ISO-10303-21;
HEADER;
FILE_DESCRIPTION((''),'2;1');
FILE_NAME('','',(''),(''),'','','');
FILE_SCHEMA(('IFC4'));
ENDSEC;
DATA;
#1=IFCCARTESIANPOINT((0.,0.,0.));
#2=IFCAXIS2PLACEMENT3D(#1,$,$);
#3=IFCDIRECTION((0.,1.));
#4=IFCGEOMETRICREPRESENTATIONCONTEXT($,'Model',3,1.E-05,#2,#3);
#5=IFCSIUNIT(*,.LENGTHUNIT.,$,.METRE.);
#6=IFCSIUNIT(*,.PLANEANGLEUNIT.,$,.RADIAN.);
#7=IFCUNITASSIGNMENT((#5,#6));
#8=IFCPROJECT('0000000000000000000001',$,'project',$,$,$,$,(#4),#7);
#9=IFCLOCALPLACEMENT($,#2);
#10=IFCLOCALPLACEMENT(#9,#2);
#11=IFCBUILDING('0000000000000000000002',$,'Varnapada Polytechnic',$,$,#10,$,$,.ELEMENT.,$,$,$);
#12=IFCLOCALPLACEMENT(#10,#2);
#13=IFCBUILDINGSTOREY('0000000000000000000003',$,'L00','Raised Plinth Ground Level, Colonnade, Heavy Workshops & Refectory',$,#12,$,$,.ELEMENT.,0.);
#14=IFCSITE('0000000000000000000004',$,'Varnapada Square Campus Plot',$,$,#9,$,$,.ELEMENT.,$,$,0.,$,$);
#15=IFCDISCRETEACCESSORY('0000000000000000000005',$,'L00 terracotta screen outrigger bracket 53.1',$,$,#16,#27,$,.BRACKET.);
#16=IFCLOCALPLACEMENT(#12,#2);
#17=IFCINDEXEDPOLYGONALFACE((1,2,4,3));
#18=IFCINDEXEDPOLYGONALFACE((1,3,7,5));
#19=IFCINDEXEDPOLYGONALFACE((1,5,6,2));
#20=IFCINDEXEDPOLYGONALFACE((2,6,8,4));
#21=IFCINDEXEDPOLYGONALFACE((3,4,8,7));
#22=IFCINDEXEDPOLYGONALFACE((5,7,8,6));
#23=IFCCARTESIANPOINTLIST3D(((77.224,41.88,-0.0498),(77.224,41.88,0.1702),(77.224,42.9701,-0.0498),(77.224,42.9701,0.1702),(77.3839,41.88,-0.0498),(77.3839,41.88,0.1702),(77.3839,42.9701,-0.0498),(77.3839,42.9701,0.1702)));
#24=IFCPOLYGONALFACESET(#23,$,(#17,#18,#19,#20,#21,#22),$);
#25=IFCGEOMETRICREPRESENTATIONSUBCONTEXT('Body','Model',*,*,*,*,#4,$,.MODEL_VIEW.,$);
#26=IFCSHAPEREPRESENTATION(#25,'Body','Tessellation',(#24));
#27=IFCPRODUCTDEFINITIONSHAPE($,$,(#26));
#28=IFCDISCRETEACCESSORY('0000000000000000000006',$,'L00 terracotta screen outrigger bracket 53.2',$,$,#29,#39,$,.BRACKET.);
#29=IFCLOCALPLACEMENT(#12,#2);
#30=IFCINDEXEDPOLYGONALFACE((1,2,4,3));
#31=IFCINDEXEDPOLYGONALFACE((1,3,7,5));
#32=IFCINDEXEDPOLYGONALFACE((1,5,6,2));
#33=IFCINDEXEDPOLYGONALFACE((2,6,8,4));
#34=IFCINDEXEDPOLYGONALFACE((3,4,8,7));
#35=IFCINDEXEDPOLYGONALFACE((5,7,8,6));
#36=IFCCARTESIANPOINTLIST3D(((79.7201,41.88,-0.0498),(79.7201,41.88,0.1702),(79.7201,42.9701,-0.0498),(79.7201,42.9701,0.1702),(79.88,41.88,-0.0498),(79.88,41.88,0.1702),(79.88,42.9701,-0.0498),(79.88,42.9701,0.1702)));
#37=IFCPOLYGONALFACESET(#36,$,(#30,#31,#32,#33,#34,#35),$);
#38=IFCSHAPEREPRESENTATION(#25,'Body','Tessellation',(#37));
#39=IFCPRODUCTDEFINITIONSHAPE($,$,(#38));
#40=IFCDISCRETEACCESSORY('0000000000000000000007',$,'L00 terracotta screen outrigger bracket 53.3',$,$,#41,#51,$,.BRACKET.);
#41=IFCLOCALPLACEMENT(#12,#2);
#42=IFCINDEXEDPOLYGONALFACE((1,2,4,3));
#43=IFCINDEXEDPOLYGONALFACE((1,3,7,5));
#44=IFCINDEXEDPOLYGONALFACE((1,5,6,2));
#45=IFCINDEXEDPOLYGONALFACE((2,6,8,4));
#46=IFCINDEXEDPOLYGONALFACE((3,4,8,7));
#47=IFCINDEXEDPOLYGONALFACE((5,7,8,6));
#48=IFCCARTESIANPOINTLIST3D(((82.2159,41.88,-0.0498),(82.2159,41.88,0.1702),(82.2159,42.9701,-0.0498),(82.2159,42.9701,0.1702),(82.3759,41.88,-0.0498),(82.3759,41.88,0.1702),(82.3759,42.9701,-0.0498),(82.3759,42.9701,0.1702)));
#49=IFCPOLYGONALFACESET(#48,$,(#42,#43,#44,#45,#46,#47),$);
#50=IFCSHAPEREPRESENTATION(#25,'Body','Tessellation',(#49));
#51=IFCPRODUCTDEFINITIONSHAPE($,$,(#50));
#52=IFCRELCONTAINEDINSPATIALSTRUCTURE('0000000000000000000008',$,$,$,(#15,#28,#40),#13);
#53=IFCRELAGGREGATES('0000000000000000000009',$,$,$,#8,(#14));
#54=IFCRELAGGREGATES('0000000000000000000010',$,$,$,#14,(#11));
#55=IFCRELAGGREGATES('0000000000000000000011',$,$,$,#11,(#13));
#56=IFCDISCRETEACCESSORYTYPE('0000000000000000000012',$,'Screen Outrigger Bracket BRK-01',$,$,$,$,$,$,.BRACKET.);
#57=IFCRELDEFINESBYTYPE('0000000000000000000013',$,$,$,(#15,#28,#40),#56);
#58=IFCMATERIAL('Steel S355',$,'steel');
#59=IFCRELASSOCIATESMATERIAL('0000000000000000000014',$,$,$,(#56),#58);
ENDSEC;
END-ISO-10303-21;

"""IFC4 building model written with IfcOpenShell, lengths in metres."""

from ifc_helpers import new_model, si_unit, direction, frame, origin, origin_2d, place, context, subcontext, project, spatial, rectangle, extrude, material, type_object, element, save


model = new_model("IFC4")

# Units and contexts
model_context = context("Model", 3, precision=1e-05, world=origin(), true_north=direction((0.0, 1.0)))
body_context = subcontext(model_context, "Body", "Model", "MODEL_VIEW")
ifc_project = project(units=[si_unit("LENGTHUNIT", "METRE"), si_unit("PLANEANGLEUNIT", "RADIAN")], contexts=[model_context])

# Site, building, storey
site_placement = place(None, origin())
site = spatial("IfcSite", under=ifc_project, at=site_placement, Name="Varnapada Square Campus Plot", CompositionType="ELEMENT", RefElevation=0.0)
building_placement = place(site_placement, origin())
building = spatial("IfcBuilding", under=site, at=building_placement, Name="Varnapada Polytechnic", CompositionType="ELEMENT")
storey_placement = place(building_placement, origin())
storey = spatial("IfcBuildingStorey", under=building, at=storey_placement, Name="L00", Description="Raised Plinth Ground Level, Colonnade, Heavy Workshops & Refectory", CompositionType="ELEMENT", Elevation=0.0)

# Shared definitions
ifc_material_1 = material(Name="Steel S355", Category="steel")

# Discrete accessories
discrete_accessory_type = type_object("IfcDiscreteAccessoryType", Name="Screen Outrigger Bracket BRK-01", PredefinedType="BRACKET", material=ifc_material_1)
for number, where, z_axis, x_axis, name in (
    (1, (77.304, 42.425, -0.0498), (0.0, 0.0, 1.0), (1.0, 0.0, 0.0), "L00 terracotta screen outrigger bracket 53.1"),
    (2, (79.8, 42.425, -0.0498), (0.0, 0.0, 1.0), (1.0, 0.0, 0.0), "L00 terracotta screen outrigger bracket 53.2"),
    (3, (82.2959, 42.425, -0.0498), (0.0, 0.0, 1.0), (1.0, 0.0, 0.0), "L00 terracotta screen outrigger bracket 53.3"),
):
    element("IfcDiscreteAccessory", number, at=place(storey_placement, frame(where, z_axis=z_axis, x_axis=x_axis)), inside=storey, type_object=discrete_accessory_type, Name=name, PredefinedType="BRACKET", context=body_context, shape_type="SweptSolid", body=[
        extrude(rectangle(XDim=0.1599, YDim=1.0901, at=origin_2d()), origin(), (0.0, 0.0, 1.0), 0.22),
    ])

save(model, "model.ifc")
